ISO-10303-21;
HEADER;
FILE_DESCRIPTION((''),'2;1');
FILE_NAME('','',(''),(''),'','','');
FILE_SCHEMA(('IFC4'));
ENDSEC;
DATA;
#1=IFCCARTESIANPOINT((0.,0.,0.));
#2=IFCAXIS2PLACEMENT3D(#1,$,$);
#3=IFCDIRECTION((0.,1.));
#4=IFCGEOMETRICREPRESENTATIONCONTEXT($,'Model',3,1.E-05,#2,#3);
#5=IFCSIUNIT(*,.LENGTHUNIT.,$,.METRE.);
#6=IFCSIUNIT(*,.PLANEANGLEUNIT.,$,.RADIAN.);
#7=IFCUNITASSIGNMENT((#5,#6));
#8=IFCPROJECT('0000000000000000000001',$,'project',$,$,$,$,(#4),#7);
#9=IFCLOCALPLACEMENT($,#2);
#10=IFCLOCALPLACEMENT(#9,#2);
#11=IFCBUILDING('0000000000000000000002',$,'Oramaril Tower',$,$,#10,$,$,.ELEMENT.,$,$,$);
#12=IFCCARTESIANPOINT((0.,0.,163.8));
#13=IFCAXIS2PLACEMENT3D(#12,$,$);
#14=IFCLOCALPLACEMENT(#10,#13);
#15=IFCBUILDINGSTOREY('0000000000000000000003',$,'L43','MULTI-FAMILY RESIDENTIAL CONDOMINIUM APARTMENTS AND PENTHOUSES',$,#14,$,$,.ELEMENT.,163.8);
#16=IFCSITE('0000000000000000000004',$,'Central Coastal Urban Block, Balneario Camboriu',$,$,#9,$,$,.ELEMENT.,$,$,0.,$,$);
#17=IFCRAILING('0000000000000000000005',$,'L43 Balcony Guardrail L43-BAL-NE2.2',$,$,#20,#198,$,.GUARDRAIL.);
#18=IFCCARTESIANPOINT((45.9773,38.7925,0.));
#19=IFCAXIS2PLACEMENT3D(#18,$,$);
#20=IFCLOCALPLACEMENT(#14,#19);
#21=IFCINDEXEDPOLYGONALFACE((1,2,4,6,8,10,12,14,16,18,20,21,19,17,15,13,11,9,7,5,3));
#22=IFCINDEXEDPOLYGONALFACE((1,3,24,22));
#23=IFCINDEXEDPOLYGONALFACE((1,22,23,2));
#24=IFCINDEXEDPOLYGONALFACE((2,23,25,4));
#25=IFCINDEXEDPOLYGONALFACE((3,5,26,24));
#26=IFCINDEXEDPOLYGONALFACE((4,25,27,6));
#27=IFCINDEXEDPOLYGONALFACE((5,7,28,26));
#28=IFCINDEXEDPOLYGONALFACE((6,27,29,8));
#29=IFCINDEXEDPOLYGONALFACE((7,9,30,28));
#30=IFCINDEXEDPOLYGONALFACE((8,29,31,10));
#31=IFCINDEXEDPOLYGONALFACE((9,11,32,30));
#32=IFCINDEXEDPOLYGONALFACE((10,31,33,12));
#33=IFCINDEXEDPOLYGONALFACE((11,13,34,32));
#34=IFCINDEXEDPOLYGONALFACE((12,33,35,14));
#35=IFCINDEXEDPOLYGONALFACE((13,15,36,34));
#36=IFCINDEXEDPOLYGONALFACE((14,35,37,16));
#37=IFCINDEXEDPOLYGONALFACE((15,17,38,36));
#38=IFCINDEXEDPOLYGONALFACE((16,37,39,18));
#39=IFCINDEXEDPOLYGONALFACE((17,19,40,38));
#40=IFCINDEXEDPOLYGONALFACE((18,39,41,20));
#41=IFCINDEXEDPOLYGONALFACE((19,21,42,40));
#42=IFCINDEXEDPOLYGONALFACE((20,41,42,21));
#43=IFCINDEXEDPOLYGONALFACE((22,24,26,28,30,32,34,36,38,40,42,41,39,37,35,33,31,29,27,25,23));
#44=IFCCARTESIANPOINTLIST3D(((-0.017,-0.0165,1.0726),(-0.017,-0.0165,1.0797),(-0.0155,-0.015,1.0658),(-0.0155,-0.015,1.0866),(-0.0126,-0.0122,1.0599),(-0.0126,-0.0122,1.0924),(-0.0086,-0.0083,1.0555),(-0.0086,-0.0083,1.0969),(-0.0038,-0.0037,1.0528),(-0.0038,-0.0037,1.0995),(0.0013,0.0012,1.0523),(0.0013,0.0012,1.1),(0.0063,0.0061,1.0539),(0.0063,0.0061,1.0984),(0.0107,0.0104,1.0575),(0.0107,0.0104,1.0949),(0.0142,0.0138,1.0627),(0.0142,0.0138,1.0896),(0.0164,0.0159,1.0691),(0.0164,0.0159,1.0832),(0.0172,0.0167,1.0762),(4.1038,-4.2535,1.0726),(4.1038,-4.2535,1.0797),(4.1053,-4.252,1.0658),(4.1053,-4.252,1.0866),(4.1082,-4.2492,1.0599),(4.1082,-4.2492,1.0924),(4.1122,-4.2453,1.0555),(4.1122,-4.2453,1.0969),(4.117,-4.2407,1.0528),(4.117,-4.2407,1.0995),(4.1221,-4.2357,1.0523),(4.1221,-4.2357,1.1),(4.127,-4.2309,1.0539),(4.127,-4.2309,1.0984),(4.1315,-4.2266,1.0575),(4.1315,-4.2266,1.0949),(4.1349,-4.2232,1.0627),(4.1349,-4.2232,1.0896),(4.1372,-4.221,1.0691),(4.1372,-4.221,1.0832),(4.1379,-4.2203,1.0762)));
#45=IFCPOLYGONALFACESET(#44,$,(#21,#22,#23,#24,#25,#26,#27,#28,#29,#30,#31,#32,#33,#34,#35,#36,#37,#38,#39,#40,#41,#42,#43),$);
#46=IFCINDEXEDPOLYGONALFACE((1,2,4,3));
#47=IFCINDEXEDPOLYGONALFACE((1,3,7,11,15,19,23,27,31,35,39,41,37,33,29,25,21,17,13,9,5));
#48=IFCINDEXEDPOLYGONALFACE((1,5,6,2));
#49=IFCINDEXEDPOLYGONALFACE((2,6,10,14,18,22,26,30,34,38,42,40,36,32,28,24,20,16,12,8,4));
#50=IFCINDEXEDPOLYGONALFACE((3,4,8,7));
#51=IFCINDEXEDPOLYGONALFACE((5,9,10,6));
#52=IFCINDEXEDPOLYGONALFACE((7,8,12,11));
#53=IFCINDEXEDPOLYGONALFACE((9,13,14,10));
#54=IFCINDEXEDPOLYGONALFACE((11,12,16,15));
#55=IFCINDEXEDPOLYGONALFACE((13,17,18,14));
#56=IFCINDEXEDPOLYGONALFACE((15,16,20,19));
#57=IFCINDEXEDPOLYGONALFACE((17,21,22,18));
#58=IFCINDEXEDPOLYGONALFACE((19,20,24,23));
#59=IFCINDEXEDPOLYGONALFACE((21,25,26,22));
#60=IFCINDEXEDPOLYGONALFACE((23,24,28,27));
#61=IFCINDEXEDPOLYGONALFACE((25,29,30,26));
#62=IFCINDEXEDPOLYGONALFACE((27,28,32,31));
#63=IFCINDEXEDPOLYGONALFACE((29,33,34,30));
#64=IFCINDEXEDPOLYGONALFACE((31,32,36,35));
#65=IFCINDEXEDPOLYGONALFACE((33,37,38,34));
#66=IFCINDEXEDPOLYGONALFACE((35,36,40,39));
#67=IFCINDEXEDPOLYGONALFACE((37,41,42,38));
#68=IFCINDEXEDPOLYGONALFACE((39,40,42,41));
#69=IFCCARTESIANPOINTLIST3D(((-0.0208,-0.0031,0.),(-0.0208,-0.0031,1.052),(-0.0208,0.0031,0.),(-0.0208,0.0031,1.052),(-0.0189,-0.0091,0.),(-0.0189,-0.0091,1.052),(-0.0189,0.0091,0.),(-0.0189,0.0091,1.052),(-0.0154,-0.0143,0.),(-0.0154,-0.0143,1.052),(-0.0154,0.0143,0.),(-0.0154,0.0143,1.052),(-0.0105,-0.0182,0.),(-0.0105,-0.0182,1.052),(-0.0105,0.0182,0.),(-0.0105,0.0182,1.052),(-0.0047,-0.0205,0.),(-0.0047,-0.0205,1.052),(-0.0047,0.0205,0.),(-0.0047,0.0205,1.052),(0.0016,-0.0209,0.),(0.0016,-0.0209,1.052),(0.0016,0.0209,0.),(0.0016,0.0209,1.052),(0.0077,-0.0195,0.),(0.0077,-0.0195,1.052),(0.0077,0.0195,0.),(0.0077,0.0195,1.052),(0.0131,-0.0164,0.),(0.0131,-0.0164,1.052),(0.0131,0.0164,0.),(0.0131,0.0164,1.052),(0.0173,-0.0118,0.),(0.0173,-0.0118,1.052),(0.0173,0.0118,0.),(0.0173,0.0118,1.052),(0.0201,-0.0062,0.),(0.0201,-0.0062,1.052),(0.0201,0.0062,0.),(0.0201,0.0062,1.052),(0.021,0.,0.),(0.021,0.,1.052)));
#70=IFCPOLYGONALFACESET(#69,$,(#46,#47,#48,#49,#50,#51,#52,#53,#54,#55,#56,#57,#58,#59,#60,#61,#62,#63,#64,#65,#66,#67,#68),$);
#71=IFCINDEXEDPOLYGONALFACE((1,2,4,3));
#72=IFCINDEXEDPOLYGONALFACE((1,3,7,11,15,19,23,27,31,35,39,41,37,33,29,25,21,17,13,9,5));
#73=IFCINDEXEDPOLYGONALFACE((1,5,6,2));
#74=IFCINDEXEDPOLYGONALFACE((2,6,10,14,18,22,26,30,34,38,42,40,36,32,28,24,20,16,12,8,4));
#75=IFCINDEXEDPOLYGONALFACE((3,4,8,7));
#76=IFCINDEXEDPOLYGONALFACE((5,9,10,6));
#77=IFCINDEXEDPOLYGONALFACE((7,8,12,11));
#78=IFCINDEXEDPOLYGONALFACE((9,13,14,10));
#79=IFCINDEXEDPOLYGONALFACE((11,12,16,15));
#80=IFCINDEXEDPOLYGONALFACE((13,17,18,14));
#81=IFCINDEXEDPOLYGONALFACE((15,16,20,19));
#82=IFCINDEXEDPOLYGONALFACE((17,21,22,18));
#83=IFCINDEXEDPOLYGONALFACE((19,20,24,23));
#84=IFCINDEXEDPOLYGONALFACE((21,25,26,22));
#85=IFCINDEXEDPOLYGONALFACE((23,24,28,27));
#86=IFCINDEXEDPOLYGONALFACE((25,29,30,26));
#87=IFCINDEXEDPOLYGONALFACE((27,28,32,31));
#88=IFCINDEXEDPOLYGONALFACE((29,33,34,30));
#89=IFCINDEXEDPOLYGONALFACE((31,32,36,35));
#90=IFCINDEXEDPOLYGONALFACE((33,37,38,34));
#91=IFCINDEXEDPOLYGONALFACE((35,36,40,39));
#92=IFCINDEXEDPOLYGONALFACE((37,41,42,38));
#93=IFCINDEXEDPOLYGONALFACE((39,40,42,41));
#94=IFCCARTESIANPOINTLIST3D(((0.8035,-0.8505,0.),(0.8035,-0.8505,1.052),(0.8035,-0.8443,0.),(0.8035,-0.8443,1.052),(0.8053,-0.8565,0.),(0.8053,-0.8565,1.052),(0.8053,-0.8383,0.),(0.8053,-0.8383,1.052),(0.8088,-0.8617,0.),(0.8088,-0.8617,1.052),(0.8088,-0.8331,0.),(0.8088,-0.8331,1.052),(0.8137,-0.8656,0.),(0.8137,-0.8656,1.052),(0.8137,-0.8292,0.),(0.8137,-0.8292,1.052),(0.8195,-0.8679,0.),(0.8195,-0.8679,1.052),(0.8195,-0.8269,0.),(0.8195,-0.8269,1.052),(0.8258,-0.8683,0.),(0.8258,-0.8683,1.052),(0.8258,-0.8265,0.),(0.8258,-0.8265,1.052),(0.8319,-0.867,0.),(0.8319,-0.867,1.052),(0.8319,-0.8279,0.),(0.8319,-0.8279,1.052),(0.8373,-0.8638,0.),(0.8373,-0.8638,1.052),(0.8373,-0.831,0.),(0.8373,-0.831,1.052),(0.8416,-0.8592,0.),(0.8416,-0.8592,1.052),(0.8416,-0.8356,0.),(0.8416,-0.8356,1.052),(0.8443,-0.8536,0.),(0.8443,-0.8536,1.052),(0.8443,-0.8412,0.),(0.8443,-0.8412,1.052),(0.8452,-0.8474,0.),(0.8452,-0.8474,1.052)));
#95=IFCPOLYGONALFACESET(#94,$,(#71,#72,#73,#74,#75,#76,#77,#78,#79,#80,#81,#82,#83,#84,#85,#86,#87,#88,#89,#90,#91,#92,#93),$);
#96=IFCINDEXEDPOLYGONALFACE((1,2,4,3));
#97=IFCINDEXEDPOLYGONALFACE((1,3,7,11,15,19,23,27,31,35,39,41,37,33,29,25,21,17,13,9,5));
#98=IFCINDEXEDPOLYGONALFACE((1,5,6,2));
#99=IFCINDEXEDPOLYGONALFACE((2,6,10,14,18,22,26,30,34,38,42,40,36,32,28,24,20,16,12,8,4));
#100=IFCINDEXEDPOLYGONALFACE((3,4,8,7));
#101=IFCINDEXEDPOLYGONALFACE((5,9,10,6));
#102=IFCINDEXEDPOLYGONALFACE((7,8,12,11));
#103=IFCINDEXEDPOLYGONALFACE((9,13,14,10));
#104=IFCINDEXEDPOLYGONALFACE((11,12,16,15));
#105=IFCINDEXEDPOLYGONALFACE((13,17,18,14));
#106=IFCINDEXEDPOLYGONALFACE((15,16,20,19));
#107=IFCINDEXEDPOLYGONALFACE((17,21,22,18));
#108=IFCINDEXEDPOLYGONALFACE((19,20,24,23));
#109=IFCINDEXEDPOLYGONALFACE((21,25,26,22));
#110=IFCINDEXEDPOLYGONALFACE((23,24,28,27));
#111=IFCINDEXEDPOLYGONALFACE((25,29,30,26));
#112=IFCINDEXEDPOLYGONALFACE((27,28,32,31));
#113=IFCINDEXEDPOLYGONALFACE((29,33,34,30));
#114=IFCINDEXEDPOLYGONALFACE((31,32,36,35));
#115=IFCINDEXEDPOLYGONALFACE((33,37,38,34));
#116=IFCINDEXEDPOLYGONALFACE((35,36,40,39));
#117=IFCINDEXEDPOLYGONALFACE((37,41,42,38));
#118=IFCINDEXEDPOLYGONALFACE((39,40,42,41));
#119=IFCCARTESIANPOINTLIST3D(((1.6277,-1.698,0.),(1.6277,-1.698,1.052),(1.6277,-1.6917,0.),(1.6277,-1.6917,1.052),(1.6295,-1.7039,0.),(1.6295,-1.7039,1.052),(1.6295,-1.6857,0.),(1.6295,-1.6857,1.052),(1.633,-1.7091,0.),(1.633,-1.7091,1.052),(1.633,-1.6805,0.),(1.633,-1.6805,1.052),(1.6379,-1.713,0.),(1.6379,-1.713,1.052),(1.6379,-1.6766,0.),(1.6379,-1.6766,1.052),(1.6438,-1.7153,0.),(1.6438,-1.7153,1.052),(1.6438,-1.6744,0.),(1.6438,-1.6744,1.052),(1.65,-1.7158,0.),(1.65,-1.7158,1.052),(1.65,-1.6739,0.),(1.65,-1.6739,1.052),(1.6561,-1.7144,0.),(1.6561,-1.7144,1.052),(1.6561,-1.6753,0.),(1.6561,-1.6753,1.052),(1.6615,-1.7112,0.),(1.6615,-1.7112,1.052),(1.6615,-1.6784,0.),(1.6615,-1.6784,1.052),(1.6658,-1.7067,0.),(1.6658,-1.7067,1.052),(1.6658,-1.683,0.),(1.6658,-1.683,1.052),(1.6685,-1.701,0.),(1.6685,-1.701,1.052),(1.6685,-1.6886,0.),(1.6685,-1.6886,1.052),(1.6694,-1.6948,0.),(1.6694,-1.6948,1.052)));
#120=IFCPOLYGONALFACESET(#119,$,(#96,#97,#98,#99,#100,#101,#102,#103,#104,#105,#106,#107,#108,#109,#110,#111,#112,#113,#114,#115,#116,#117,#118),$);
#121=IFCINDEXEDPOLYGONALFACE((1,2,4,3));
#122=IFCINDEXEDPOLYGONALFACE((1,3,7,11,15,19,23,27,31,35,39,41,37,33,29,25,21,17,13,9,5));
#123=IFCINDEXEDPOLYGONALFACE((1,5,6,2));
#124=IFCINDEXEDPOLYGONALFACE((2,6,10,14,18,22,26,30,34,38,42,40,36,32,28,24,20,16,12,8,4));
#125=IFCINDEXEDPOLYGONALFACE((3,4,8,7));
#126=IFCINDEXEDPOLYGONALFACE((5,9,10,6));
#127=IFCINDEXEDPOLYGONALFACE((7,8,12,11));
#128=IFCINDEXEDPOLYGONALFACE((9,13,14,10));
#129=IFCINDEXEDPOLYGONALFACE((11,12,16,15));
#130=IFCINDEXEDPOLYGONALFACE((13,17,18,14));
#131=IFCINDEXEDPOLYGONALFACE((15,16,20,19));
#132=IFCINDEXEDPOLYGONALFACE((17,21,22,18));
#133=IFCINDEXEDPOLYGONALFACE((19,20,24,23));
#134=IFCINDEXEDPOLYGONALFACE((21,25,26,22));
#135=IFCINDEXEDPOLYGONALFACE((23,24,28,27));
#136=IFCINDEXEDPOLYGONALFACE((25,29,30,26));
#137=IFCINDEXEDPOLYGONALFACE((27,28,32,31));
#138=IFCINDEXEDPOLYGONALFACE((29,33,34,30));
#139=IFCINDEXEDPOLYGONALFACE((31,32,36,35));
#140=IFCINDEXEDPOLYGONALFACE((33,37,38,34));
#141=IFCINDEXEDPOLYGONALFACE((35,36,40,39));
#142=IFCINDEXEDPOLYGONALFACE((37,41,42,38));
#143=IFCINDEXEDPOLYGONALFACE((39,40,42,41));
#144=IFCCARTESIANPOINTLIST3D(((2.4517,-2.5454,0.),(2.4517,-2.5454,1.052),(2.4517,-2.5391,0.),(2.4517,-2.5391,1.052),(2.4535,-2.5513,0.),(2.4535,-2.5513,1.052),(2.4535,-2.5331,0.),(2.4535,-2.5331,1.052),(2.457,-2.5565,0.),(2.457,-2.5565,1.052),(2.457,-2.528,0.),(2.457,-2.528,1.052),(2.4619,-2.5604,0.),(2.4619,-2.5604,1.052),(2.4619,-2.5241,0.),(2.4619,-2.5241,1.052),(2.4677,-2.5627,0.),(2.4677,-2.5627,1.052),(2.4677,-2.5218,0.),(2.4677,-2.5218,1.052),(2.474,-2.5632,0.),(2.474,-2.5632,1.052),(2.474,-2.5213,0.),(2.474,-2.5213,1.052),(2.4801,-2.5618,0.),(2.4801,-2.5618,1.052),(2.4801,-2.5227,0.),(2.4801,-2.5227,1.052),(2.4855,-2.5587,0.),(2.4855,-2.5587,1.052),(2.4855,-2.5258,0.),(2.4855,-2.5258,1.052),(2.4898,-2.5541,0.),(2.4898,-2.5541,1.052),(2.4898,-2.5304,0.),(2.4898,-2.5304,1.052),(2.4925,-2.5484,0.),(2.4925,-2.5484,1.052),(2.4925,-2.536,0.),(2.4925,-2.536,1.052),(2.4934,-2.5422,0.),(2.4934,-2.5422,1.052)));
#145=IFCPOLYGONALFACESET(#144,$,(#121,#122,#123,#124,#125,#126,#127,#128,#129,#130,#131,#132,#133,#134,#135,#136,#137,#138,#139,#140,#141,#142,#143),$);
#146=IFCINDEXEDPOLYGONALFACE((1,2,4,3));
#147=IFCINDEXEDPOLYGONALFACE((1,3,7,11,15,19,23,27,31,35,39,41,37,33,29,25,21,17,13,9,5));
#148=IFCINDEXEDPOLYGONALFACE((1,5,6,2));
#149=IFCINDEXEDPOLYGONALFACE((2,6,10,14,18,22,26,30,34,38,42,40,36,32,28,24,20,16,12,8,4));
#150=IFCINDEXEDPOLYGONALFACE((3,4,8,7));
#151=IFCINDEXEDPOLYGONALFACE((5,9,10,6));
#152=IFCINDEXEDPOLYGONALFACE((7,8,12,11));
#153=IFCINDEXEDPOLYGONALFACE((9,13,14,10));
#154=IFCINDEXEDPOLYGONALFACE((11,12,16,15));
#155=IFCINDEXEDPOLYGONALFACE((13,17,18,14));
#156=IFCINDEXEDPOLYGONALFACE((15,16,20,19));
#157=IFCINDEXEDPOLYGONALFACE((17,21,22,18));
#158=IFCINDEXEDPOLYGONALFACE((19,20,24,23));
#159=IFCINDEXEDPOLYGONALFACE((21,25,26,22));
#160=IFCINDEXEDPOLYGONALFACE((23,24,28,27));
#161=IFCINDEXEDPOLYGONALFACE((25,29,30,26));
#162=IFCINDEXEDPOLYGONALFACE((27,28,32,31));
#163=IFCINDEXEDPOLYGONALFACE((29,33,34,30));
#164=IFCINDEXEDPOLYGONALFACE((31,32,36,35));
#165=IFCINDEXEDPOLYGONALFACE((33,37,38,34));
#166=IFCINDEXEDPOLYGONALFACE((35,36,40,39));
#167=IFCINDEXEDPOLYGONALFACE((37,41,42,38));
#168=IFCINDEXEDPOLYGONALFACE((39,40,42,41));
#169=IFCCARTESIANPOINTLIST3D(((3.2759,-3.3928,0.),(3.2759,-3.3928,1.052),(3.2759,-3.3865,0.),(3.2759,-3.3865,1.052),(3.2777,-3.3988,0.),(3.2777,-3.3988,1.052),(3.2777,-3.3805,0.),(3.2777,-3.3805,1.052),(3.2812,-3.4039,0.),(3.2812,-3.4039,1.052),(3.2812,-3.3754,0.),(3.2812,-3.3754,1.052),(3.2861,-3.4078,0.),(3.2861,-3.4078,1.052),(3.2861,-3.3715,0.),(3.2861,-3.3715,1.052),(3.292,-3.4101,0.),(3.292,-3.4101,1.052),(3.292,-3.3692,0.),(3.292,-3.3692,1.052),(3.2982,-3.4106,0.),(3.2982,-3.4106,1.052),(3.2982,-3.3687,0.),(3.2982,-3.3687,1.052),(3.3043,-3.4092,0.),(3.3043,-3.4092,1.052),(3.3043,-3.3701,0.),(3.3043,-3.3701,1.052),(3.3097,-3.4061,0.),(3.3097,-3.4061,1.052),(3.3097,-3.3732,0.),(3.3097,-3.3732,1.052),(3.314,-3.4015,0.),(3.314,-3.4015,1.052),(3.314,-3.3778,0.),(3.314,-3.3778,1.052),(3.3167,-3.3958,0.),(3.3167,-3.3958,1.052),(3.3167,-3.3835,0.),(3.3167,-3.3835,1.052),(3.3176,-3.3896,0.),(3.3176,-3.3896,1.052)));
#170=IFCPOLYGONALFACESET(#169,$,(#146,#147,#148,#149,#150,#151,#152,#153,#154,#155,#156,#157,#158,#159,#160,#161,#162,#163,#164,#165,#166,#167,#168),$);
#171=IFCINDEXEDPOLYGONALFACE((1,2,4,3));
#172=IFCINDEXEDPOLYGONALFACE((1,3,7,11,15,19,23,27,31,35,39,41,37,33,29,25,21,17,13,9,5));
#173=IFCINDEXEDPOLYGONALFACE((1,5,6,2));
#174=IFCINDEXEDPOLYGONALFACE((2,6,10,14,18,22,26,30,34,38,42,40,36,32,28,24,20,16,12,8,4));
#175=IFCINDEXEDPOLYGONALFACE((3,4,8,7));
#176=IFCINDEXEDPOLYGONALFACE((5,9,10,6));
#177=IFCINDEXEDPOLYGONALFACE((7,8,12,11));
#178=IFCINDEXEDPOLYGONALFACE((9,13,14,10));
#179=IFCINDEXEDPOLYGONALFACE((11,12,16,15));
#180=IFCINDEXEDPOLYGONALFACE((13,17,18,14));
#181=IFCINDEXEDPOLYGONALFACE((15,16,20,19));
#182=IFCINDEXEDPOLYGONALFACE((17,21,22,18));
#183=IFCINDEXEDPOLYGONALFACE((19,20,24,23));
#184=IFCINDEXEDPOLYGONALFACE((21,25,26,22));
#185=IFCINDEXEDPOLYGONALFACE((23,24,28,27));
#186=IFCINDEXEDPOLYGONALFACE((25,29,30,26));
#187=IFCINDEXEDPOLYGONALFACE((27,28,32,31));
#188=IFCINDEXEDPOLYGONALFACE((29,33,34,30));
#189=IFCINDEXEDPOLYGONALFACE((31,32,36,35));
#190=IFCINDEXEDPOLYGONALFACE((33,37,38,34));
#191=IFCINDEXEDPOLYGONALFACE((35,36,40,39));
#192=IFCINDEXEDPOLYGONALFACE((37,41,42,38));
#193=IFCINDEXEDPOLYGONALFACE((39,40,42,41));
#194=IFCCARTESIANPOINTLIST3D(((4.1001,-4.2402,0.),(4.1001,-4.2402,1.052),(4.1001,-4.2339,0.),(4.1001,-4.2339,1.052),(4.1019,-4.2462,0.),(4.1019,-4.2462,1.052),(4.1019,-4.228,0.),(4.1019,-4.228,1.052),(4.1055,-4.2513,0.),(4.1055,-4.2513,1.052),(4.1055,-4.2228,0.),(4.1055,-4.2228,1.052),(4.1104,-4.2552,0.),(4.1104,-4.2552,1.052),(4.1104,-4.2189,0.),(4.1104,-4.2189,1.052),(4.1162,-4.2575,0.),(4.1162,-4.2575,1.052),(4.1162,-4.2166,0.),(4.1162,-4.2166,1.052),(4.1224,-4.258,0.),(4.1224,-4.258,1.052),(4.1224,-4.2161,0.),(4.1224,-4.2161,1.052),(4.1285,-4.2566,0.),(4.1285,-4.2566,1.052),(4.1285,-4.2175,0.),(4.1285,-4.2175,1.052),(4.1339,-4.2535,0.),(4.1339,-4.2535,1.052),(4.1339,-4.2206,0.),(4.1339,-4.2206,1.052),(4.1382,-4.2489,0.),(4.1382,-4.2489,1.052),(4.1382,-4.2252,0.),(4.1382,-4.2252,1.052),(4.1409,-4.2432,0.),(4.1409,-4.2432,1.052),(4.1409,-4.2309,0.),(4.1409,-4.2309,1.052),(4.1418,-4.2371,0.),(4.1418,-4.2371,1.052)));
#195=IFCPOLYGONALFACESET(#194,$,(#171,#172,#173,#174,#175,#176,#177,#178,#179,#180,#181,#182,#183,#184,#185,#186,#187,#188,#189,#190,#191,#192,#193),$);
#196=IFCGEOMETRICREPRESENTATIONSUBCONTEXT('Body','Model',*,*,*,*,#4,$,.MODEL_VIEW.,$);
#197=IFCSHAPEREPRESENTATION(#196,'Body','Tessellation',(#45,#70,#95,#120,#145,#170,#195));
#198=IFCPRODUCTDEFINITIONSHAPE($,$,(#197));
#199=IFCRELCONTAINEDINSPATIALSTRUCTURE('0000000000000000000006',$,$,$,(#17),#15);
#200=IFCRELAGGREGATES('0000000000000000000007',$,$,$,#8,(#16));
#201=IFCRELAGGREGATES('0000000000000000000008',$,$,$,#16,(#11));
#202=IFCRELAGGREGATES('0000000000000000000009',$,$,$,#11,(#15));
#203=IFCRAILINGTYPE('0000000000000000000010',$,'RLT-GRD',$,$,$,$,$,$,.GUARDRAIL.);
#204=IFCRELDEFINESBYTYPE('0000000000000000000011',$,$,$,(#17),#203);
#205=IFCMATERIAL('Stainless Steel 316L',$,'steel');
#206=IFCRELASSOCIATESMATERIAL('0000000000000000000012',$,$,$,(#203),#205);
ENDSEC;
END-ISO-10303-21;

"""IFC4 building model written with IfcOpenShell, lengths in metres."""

from ifc_helpers import new_model, si_unit, direction, frame, origin, origin_2d, place, context, subcontext, project, spatial, circle, extrude, material, type_object, element, save


model = new_model("IFC4")

# Units and contexts
model_context = context("Model", 3, precision=1e-05, world=origin(), true_north=direction((0.0, 1.0)))
body_context = subcontext(model_context, "Body", "Model", "MODEL_VIEW")
ifc_project = project(units=[si_unit("LENGTHUNIT", "METRE"), si_unit("PLANEANGLEUNIT", "RADIAN")], contexts=[model_context])

# Site, building, storey
site_placement = place(None, origin())
site = spatial("IfcSite", under=ifc_project, at=site_placement, Name="Central Coastal Urban Block, Balneario Camboriu", CompositionType="ELEMENT", RefElevation=0.0)
building_placement = place(site_placement, origin())
building = spatial("IfcBuilding", under=site, at=building_placement, Name="Oramaril Tower", CompositionType="ELEMENT")
storey_placement = place(building_placement, frame((0.0, 0.0, 163.8)))
storey = spatial("IfcBuildingStorey", under=building, at=storey_placement, Name="L43", Description="MULTI-FAMILY RESIDENTIAL CONDOMINIUM APARTMENTS AND PENTHOUSES", CompositionType="ELEMENT", Elevation=163.8)

# Railing
ifc_material_1 = material(Name="Stainless Steel 316L", Category="steel")
railing_type = type_object("IfcRailingType", Name="RLT-GRD", PredefinedType="GUARDRAIL", material=ifc_material_1)
railing_1_placement = place(storey_placement, frame((45.9773, 38.7925, 0.0)))
element("IfcRailing", 1, at=railing_1_placement, inside=storey, type_object=railing_type, Name="L43 Balcony Guardrail L43-BAL-NE2.2", PredefinedType="GUARDRAIL", context=body_context, shape_type="SweptSolid", body=[
    extrude(circle(Radius=0.0239, at=origin_2d()), frame((0.0, 0.0, 1.0762), z_axis=(0.697208, -0.716869, 0.0), x_axis=(0.716869, 0.697208, 0.0)), (0.0, 0.0, 1.0), 5.9104),
    extrude(circle(Radius=0.021, at=origin_2d()), origin(), (0.0, 0.0, 1.0), 1.052),
    extrude(circle(Radius=0.021, at=origin_2d()), frame((0.8242, -0.8474, 0.0)), (0.0, 0.0, 1.0), 1.052),
    extrude(circle(Radius=0.021, at=origin_2d()), frame((1.6484, -1.6948, 0.0)), (0.0, 0.0, 1.0), 1.052),
    extrude(circle(Radius=0.021, at=origin_2d()), frame((2.4724, -2.5422, 0.0)), (0.0, 0.0, 1.0), 1.052),
    extrude(circle(Radius=0.021, at=origin_2d()), frame((3.2966, -3.3896, 0.0)), (0.0, 0.0, 1.0), 1.052),
    extrude(circle(Radius=0.021, at=origin_2d()), frame((4.1208, -4.2371, 0.0)), (0.0, 0.0, 1.0), 1.052),
])

save(model, "model.ifc")
